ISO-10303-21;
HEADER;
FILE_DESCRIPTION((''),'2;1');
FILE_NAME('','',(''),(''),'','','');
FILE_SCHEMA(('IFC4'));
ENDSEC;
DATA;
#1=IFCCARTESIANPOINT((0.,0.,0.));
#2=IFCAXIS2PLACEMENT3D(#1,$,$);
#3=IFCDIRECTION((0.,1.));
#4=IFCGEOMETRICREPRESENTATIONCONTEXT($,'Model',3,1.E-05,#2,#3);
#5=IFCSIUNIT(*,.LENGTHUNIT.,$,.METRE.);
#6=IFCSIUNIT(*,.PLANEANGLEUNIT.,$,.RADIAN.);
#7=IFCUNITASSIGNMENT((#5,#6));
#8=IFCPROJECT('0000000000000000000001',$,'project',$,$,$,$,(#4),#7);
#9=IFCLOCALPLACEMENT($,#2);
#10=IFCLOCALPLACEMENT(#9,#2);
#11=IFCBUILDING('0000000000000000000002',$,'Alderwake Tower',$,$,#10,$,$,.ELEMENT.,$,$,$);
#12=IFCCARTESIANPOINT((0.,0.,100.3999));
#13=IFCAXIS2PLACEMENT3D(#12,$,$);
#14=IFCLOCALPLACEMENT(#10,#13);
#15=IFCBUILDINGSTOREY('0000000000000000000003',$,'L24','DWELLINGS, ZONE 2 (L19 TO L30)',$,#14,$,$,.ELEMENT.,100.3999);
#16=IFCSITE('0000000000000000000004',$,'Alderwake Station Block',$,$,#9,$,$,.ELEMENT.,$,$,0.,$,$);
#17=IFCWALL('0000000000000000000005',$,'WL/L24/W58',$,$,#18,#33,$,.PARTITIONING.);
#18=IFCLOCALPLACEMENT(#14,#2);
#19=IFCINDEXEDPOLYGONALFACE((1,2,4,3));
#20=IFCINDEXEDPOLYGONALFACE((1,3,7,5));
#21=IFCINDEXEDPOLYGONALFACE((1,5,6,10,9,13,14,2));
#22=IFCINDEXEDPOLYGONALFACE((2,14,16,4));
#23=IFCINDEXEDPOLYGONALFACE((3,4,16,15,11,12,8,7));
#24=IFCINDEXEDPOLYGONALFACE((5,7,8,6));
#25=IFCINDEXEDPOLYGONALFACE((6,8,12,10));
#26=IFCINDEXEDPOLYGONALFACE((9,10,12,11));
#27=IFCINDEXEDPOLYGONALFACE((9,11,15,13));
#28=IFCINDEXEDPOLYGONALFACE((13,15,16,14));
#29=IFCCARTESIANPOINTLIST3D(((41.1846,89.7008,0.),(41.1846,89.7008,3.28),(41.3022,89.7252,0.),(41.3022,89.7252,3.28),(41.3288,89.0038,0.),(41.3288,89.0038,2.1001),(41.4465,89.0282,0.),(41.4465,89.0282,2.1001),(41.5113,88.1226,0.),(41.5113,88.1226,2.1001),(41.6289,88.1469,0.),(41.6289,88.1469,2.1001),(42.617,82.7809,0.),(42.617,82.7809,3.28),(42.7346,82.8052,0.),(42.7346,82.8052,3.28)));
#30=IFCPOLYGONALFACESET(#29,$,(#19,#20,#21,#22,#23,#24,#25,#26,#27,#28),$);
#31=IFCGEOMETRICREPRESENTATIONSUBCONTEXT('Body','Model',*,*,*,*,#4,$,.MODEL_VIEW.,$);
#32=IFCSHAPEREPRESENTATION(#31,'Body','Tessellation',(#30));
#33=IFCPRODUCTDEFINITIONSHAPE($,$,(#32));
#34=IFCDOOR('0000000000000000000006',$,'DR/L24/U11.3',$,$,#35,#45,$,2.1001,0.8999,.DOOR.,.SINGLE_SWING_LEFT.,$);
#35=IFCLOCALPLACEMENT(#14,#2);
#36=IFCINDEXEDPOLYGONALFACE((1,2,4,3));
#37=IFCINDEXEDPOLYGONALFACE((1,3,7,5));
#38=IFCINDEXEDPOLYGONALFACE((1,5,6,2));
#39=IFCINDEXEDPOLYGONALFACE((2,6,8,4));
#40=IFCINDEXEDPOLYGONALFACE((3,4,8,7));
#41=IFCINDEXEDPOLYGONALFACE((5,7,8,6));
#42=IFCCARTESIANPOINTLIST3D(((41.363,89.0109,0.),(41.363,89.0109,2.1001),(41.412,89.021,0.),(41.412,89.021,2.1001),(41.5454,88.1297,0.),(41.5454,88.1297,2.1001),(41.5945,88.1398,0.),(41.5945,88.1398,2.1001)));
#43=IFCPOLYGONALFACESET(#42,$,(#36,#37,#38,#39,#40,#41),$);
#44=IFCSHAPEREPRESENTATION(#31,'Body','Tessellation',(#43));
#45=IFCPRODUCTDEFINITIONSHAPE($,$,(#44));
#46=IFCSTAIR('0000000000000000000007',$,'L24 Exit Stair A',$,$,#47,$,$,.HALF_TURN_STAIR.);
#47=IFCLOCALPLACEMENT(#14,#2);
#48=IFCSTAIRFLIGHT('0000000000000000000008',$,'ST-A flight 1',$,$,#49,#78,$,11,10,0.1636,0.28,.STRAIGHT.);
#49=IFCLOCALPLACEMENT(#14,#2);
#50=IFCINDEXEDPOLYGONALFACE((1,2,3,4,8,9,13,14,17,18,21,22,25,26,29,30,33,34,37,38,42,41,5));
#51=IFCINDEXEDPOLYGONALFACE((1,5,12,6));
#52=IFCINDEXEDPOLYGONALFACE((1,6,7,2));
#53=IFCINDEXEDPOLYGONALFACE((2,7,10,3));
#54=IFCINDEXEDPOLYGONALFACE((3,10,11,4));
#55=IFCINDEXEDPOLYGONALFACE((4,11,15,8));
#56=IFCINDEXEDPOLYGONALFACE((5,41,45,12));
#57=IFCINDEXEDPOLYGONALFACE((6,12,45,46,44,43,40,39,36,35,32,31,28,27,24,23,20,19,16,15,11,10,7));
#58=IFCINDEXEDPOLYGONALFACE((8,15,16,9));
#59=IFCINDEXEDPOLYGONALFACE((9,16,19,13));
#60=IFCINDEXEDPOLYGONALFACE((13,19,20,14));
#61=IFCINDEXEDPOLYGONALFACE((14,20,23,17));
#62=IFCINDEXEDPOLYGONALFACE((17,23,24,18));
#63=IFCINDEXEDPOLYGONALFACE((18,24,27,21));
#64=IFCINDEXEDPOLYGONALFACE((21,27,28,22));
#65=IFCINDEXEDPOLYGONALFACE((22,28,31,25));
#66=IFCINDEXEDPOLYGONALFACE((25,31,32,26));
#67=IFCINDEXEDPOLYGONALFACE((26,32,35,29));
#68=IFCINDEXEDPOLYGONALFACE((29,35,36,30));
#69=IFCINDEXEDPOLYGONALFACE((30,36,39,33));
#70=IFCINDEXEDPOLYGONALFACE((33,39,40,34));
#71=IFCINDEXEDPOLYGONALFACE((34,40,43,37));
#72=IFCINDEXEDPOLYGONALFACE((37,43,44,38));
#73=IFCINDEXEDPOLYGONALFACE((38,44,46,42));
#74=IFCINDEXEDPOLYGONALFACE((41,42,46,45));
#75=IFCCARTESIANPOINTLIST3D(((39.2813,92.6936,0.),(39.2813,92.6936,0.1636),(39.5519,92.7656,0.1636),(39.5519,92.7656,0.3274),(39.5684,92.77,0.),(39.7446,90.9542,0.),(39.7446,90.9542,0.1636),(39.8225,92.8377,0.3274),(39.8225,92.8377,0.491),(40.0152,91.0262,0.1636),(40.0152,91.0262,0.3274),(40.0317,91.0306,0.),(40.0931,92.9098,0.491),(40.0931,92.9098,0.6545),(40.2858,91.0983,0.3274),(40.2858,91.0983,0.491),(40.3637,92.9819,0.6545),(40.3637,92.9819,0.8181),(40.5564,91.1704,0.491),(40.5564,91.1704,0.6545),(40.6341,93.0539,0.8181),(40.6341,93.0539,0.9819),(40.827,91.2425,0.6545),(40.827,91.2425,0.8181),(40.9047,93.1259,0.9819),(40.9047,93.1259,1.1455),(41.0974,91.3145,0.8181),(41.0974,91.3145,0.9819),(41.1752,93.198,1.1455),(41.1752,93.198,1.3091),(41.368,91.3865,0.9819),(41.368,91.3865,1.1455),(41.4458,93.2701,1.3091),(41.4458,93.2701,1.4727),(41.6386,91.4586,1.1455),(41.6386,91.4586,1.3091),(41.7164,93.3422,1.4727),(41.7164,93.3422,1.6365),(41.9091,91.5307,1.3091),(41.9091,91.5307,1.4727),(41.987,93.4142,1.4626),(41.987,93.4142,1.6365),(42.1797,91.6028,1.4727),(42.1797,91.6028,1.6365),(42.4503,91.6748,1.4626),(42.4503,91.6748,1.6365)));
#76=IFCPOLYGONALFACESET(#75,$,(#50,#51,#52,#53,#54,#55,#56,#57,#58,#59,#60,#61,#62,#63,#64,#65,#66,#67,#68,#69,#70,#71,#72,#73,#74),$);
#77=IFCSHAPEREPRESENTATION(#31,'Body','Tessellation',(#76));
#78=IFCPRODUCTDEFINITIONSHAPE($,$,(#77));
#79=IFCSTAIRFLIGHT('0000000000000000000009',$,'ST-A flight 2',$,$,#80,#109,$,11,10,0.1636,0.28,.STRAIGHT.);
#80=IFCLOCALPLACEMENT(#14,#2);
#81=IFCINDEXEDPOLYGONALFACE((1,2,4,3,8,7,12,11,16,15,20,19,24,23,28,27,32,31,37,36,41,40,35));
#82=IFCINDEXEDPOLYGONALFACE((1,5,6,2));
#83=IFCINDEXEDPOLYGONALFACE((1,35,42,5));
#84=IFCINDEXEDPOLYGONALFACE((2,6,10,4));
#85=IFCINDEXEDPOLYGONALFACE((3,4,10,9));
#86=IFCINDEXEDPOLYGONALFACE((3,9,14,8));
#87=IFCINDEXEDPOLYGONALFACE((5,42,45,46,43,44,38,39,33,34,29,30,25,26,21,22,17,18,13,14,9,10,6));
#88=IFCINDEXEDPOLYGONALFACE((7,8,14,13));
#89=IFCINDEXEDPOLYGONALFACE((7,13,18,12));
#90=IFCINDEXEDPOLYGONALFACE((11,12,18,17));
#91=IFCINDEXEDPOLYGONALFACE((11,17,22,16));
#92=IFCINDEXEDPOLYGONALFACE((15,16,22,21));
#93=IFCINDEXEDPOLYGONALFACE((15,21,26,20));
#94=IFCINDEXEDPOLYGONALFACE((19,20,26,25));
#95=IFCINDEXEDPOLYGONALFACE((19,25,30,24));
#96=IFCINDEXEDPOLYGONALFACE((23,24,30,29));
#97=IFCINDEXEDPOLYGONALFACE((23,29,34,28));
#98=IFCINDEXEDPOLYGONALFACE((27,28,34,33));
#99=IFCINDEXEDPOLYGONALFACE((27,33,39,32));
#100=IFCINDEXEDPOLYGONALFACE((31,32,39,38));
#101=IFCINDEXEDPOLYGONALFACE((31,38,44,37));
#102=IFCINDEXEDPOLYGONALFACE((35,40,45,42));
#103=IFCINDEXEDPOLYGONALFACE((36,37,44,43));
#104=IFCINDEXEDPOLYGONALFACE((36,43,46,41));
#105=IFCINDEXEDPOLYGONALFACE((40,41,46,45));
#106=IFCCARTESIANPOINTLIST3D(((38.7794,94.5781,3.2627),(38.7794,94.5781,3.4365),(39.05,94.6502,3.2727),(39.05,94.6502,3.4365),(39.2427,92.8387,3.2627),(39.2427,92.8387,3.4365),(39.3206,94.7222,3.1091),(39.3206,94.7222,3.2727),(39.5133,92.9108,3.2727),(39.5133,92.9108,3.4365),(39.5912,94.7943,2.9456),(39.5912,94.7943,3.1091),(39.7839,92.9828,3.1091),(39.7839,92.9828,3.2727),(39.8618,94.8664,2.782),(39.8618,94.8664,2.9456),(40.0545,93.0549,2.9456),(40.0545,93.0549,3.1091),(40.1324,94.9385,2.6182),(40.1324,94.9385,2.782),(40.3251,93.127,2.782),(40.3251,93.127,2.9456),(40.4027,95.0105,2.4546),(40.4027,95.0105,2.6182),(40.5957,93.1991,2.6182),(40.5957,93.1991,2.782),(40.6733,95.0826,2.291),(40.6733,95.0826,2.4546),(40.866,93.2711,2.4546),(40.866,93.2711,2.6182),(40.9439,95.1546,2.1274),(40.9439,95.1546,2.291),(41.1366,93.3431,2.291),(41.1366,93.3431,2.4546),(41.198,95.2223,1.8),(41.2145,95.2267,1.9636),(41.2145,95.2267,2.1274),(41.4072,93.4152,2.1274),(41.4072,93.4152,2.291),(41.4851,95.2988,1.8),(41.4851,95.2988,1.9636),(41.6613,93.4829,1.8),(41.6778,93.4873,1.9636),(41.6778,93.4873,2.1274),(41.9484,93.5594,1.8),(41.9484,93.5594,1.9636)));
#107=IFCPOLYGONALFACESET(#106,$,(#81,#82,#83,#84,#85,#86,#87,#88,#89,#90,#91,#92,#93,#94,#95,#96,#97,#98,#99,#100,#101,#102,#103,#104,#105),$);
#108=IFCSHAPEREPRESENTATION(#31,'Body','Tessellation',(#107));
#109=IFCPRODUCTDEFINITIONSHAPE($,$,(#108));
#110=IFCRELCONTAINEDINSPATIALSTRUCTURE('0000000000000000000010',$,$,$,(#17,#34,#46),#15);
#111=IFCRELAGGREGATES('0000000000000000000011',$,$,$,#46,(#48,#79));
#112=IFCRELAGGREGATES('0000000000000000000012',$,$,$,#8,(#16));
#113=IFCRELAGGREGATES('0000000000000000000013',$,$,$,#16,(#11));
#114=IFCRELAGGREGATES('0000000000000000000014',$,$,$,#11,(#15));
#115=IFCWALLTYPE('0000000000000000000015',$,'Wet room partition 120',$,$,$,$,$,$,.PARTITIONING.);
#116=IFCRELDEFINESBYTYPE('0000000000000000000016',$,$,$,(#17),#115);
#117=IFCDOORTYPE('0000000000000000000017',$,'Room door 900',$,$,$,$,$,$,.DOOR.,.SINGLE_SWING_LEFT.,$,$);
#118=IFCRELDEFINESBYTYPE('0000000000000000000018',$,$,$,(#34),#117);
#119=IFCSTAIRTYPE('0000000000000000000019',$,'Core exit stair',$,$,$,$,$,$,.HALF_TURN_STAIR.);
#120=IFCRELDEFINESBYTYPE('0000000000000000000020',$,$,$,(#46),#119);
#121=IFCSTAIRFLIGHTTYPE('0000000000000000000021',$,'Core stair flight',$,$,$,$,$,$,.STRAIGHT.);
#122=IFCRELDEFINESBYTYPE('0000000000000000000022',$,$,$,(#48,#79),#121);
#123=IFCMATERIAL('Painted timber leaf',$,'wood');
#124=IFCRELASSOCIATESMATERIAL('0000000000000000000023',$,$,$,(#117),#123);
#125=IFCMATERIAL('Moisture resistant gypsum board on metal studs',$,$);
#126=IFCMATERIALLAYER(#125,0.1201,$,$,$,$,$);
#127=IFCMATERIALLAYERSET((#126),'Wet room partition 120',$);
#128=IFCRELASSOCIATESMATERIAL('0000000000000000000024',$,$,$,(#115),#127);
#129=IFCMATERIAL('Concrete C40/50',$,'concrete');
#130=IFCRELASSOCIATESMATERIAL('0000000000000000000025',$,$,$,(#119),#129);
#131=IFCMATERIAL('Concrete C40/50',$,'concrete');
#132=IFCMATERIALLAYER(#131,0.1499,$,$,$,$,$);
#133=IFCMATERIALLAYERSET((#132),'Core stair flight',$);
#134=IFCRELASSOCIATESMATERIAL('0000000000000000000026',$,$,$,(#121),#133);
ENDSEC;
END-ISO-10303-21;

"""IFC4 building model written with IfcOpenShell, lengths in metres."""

from ifc_helpers import new_model, si_unit, direction, frame, frame_2d, origin, place, context, subcontext, project, spatial, polyline, rectangle, outline, extrude, material, layer, layer_set, type_object, element, fill, aggregate, save


model = new_model("IFC4")

# Units and contexts
model_context = context("Model", 3, precision=1e-05, world=origin(), true_north=direction((0.0, 1.0)))
body_context = subcontext(model_context, "Body", "Model", "MODEL_VIEW")
ifc_project = project(units=[si_unit("LENGTHUNIT", "METRE"), si_unit("PLANEANGLEUNIT", "RADIAN")], contexts=[model_context])

# Site, building, storey
site_placement = place(None, origin())
site = spatial("IfcSite", under=ifc_project, at=site_placement, Name="Alderwake Station Block", CompositionType="ELEMENT", RefElevation=0.0)
building_placement = place(site_placement, origin())
building = spatial("IfcBuilding", under=site, at=building_placement, Name="Alderwake Tower", CompositionType="ELEMENT")
storey_placement = place(building_placement, frame((0.0, 0.0, 100.3999)))
storey = spatial("IfcBuildingStorey", under=building, at=storey_placement, Name="L24", Description="DWELLINGS, ZONE 2 (L19 TO L30)", CompositionType="ELEMENT", Elevation=100.3999)

# Shared definitions
ifc_material_1 = material(Name="Painted timber leaf", Category="wood")
door_type_1 = type_object("IfcDoorType", Name="Room door 900", OperationType="SINGLE_SWING_LEFT", PredefinedType="DOOR", material=ifc_material_1)

# Wall, opening, door
ifc_material_2 = material(Name="Moisture resistant gypsum board on metal studs")
ifc_layer_1 = layer(ifc_material_2, 0.1201)
ifc_layer_set_1 = layer_set([ifc_layer_1], Name="Wet room partition 120")
wall_type_1 = type_object("IfcWallType", Name="Wet room partition 120", PredefinedType="PARTITIONING", material=ifc_layer_set_1)
wall_1_placement = place(storey_placement, frame((41.2434, 89.7129, 0.0), z_axis=(0.0, 0.0, 1.0), x_axis=(0.202696, -0.979242, 0.0)))
wall_1 = element("IfcWall", 1, at=wall_1_placement, inside=storey, type_object=wall_type_1, Name="WL/L24/W58", PredefinedType="PARTITIONING", context=body_context, shape_type="SweptSolid", body=[
    extrude(rectangle(XDim=7.0667, YDim=0.1201, at=frame_2d((3.5332, 0.0))), origin(), (0.0, 0.0, 1.0), 3.28),
])
opening_1_placement = place(wall_1_placement, frame((0.7117, 0.0, 0.0)))
opening_1 = element("IfcOpeningElement", 2, at=opening_1_placement, cuts=wall_1, PredefinedType="OPENING", context=body_context, shape_type="SweptSolid", body=[
    extrude(rectangle(XDim=0.8999, YDim=2.1001, at=frame_2d((0.45, 1.05))), frame((0.0, 0.0701, 0.0), z_axis=(0.0, -1.0, 0.0), x_axis=(1.0, 0.0, 0.0)), (0.0, 0.0, 1.0), 0.1401),
])
door_1_placement = place(opening_1_placement, origin())
door_1 = element("IfcDoor", 3, at=door_1_placement, inside=storey, type_object=door_type_1, Name="DR/L24/U11.3", OperationType="SINGLE_SWING_LEFT", OverallHeight=2.1001, OverallWidth=0.8999, PredefinedType="DOOR", context=body_context, shape_type="SweptSolid", body=[
    extrude(rectangle(XDim=0.8999, YDim=2.1001, at=frame_2d((0.45, 1.05))), frame((0.0, 0.0249, 0.0), z_axis=(0.0, -1.0, 0.0), x_axis=(1.0, 0.0, 0.0)), (0.0, 0.0, 1.0), 0.05),
])
fill(opening_1, door_1)

# Stair, stair flights
ifc_material_3 = material(Name="Concrete C40/50", Category="concrete")
stair_type = type_object("IfcStairType", Name="Core exit stair", PredefinedType="HALF_TURN_STAIR", material=ifc_material_3)
stair_placement = place(storey_placement, origin())
stair = element("IfcStair", 4, at=stair_placement, inside=storey, type_object=stair_type, Name="L24 Exit Stair A", PredefinedType="HALF_TURN_STAIR")
ifc_material_4 = material(Name="Concrete C40/50", Category="concrete")
ifc_layer_2 = layer(ifc_material_4, 0.1499)
ifc_layer_set_2 = layer_set([ifc_layer_2], Name="Core stair flight")
stair_flight_type = type_object("IfcStairFlightType", Name="Core stair flight", PredefinedType="STRAIGHT", material=ifc_layer_set_2)
stair_flight_1_placement = place(storey_placement, frame((39.5129, 91.824, 0.0), z_axis=(0.0, 0.0, 1.0), x_axis=(0.96631, 0.257382, 0.0)))
stair_flight_1 = element("IfcStairFlight", 5, at=stair_flight_1_placement, type_object=stair_flight_type, Name="ST-A flight 1", NumberOfRisers=11, NumberOfTreads=10, PredefinedType="STRAIGHT", RiserHeight=0.1636, TreadLength=0.28, context=body_context, shape_type="SweptSolid", body=[
    extrude(outline(polyline([(0.0, 0.0), (0.0, 0.1636), (0.28, 0.1636), (0.28, 0.3274), (0.5601, 0.3274), (0.5601, 0.491), (0.8401, 0.491), (0.8401, 0.6545), (1.1201, 0.6545), (1.1201, 0.8181), (1.3999, 0.8181), (1.3999, 0.9819), (1.6799, 0.9819), (1.6799, 1.1455), (1.96, 1.1455), (1.96, 1.3091), (2.24, 1.3091), (2.24, 1.4727), (2.52, 1.4727), (2.52, 1.6365), (2.8, 1.6365), (2.8, 1.8), (2.8, 1.4626), (0.2971, 0.0), (0.0, 0.0)])), frame((0.0, 0.8999, 0.0), z_axis=(0.0, -1.0, 0.0), x_axis=(1.0, 0.0, 0.0)), (0.0, 0.0, 1.0), 1.8),
])
stair_flight_2_placement = place(storey_placement, frame((41.7168, 94.429, 1.8), z_axis=(0.0, 0.0, 1.0), x_axis=(-0.96631, -0.257382, 0.0)))
stair_flight_2 = element("IfcStairFlight", 6, at=stair_flight_2_placement, type_object=stair_flight_type, Name="ST-A flight 2", NumberOfRisers=11, NumberOfTreads=10, PredefinedType="STRAIGHT", RiserHeight=0.1636, TreadLength=0.28, context=body_context, shape_type="SweptSolid", body=[
    extrude(outline(polyline([(0.0, 0.0), (0.0, 0.1636), (0.28, 0.1636), (0.28, 0.3274), (0.5601, 0.3274), (0.5601, 0.491), (0.8401, 0.491), (0.8401, 0.6545), (1.1201, 0.6545), (1.1201, 0.8181), (1.3999, 0.8181), (1.3999, 0.9819), (1.6799, 0.9819), (1.6799, 1.1455), (1.96, 1.1455), (1.96, 1.3091), (2.24, 1.3091), (2.24, 1.4727), (2.52, 1.4727), (2.52, 1.6365), (2.8, 1.6365), (2.8, 1.8), (2.8, 1.4626), (0.2971, 0.0), (0.0, 0.0)])), frame((0.0, 0.8999, 0.0), z_axis=(0.0, -1.0, 0.0), x_axis=(1.0, 0.0, 0.0)), (0.0, 0.0, 1.0), 1.8),
])
aggregate(stair, [stair_flight_1, stair_flight_2])

save(model, "model.ifc")
